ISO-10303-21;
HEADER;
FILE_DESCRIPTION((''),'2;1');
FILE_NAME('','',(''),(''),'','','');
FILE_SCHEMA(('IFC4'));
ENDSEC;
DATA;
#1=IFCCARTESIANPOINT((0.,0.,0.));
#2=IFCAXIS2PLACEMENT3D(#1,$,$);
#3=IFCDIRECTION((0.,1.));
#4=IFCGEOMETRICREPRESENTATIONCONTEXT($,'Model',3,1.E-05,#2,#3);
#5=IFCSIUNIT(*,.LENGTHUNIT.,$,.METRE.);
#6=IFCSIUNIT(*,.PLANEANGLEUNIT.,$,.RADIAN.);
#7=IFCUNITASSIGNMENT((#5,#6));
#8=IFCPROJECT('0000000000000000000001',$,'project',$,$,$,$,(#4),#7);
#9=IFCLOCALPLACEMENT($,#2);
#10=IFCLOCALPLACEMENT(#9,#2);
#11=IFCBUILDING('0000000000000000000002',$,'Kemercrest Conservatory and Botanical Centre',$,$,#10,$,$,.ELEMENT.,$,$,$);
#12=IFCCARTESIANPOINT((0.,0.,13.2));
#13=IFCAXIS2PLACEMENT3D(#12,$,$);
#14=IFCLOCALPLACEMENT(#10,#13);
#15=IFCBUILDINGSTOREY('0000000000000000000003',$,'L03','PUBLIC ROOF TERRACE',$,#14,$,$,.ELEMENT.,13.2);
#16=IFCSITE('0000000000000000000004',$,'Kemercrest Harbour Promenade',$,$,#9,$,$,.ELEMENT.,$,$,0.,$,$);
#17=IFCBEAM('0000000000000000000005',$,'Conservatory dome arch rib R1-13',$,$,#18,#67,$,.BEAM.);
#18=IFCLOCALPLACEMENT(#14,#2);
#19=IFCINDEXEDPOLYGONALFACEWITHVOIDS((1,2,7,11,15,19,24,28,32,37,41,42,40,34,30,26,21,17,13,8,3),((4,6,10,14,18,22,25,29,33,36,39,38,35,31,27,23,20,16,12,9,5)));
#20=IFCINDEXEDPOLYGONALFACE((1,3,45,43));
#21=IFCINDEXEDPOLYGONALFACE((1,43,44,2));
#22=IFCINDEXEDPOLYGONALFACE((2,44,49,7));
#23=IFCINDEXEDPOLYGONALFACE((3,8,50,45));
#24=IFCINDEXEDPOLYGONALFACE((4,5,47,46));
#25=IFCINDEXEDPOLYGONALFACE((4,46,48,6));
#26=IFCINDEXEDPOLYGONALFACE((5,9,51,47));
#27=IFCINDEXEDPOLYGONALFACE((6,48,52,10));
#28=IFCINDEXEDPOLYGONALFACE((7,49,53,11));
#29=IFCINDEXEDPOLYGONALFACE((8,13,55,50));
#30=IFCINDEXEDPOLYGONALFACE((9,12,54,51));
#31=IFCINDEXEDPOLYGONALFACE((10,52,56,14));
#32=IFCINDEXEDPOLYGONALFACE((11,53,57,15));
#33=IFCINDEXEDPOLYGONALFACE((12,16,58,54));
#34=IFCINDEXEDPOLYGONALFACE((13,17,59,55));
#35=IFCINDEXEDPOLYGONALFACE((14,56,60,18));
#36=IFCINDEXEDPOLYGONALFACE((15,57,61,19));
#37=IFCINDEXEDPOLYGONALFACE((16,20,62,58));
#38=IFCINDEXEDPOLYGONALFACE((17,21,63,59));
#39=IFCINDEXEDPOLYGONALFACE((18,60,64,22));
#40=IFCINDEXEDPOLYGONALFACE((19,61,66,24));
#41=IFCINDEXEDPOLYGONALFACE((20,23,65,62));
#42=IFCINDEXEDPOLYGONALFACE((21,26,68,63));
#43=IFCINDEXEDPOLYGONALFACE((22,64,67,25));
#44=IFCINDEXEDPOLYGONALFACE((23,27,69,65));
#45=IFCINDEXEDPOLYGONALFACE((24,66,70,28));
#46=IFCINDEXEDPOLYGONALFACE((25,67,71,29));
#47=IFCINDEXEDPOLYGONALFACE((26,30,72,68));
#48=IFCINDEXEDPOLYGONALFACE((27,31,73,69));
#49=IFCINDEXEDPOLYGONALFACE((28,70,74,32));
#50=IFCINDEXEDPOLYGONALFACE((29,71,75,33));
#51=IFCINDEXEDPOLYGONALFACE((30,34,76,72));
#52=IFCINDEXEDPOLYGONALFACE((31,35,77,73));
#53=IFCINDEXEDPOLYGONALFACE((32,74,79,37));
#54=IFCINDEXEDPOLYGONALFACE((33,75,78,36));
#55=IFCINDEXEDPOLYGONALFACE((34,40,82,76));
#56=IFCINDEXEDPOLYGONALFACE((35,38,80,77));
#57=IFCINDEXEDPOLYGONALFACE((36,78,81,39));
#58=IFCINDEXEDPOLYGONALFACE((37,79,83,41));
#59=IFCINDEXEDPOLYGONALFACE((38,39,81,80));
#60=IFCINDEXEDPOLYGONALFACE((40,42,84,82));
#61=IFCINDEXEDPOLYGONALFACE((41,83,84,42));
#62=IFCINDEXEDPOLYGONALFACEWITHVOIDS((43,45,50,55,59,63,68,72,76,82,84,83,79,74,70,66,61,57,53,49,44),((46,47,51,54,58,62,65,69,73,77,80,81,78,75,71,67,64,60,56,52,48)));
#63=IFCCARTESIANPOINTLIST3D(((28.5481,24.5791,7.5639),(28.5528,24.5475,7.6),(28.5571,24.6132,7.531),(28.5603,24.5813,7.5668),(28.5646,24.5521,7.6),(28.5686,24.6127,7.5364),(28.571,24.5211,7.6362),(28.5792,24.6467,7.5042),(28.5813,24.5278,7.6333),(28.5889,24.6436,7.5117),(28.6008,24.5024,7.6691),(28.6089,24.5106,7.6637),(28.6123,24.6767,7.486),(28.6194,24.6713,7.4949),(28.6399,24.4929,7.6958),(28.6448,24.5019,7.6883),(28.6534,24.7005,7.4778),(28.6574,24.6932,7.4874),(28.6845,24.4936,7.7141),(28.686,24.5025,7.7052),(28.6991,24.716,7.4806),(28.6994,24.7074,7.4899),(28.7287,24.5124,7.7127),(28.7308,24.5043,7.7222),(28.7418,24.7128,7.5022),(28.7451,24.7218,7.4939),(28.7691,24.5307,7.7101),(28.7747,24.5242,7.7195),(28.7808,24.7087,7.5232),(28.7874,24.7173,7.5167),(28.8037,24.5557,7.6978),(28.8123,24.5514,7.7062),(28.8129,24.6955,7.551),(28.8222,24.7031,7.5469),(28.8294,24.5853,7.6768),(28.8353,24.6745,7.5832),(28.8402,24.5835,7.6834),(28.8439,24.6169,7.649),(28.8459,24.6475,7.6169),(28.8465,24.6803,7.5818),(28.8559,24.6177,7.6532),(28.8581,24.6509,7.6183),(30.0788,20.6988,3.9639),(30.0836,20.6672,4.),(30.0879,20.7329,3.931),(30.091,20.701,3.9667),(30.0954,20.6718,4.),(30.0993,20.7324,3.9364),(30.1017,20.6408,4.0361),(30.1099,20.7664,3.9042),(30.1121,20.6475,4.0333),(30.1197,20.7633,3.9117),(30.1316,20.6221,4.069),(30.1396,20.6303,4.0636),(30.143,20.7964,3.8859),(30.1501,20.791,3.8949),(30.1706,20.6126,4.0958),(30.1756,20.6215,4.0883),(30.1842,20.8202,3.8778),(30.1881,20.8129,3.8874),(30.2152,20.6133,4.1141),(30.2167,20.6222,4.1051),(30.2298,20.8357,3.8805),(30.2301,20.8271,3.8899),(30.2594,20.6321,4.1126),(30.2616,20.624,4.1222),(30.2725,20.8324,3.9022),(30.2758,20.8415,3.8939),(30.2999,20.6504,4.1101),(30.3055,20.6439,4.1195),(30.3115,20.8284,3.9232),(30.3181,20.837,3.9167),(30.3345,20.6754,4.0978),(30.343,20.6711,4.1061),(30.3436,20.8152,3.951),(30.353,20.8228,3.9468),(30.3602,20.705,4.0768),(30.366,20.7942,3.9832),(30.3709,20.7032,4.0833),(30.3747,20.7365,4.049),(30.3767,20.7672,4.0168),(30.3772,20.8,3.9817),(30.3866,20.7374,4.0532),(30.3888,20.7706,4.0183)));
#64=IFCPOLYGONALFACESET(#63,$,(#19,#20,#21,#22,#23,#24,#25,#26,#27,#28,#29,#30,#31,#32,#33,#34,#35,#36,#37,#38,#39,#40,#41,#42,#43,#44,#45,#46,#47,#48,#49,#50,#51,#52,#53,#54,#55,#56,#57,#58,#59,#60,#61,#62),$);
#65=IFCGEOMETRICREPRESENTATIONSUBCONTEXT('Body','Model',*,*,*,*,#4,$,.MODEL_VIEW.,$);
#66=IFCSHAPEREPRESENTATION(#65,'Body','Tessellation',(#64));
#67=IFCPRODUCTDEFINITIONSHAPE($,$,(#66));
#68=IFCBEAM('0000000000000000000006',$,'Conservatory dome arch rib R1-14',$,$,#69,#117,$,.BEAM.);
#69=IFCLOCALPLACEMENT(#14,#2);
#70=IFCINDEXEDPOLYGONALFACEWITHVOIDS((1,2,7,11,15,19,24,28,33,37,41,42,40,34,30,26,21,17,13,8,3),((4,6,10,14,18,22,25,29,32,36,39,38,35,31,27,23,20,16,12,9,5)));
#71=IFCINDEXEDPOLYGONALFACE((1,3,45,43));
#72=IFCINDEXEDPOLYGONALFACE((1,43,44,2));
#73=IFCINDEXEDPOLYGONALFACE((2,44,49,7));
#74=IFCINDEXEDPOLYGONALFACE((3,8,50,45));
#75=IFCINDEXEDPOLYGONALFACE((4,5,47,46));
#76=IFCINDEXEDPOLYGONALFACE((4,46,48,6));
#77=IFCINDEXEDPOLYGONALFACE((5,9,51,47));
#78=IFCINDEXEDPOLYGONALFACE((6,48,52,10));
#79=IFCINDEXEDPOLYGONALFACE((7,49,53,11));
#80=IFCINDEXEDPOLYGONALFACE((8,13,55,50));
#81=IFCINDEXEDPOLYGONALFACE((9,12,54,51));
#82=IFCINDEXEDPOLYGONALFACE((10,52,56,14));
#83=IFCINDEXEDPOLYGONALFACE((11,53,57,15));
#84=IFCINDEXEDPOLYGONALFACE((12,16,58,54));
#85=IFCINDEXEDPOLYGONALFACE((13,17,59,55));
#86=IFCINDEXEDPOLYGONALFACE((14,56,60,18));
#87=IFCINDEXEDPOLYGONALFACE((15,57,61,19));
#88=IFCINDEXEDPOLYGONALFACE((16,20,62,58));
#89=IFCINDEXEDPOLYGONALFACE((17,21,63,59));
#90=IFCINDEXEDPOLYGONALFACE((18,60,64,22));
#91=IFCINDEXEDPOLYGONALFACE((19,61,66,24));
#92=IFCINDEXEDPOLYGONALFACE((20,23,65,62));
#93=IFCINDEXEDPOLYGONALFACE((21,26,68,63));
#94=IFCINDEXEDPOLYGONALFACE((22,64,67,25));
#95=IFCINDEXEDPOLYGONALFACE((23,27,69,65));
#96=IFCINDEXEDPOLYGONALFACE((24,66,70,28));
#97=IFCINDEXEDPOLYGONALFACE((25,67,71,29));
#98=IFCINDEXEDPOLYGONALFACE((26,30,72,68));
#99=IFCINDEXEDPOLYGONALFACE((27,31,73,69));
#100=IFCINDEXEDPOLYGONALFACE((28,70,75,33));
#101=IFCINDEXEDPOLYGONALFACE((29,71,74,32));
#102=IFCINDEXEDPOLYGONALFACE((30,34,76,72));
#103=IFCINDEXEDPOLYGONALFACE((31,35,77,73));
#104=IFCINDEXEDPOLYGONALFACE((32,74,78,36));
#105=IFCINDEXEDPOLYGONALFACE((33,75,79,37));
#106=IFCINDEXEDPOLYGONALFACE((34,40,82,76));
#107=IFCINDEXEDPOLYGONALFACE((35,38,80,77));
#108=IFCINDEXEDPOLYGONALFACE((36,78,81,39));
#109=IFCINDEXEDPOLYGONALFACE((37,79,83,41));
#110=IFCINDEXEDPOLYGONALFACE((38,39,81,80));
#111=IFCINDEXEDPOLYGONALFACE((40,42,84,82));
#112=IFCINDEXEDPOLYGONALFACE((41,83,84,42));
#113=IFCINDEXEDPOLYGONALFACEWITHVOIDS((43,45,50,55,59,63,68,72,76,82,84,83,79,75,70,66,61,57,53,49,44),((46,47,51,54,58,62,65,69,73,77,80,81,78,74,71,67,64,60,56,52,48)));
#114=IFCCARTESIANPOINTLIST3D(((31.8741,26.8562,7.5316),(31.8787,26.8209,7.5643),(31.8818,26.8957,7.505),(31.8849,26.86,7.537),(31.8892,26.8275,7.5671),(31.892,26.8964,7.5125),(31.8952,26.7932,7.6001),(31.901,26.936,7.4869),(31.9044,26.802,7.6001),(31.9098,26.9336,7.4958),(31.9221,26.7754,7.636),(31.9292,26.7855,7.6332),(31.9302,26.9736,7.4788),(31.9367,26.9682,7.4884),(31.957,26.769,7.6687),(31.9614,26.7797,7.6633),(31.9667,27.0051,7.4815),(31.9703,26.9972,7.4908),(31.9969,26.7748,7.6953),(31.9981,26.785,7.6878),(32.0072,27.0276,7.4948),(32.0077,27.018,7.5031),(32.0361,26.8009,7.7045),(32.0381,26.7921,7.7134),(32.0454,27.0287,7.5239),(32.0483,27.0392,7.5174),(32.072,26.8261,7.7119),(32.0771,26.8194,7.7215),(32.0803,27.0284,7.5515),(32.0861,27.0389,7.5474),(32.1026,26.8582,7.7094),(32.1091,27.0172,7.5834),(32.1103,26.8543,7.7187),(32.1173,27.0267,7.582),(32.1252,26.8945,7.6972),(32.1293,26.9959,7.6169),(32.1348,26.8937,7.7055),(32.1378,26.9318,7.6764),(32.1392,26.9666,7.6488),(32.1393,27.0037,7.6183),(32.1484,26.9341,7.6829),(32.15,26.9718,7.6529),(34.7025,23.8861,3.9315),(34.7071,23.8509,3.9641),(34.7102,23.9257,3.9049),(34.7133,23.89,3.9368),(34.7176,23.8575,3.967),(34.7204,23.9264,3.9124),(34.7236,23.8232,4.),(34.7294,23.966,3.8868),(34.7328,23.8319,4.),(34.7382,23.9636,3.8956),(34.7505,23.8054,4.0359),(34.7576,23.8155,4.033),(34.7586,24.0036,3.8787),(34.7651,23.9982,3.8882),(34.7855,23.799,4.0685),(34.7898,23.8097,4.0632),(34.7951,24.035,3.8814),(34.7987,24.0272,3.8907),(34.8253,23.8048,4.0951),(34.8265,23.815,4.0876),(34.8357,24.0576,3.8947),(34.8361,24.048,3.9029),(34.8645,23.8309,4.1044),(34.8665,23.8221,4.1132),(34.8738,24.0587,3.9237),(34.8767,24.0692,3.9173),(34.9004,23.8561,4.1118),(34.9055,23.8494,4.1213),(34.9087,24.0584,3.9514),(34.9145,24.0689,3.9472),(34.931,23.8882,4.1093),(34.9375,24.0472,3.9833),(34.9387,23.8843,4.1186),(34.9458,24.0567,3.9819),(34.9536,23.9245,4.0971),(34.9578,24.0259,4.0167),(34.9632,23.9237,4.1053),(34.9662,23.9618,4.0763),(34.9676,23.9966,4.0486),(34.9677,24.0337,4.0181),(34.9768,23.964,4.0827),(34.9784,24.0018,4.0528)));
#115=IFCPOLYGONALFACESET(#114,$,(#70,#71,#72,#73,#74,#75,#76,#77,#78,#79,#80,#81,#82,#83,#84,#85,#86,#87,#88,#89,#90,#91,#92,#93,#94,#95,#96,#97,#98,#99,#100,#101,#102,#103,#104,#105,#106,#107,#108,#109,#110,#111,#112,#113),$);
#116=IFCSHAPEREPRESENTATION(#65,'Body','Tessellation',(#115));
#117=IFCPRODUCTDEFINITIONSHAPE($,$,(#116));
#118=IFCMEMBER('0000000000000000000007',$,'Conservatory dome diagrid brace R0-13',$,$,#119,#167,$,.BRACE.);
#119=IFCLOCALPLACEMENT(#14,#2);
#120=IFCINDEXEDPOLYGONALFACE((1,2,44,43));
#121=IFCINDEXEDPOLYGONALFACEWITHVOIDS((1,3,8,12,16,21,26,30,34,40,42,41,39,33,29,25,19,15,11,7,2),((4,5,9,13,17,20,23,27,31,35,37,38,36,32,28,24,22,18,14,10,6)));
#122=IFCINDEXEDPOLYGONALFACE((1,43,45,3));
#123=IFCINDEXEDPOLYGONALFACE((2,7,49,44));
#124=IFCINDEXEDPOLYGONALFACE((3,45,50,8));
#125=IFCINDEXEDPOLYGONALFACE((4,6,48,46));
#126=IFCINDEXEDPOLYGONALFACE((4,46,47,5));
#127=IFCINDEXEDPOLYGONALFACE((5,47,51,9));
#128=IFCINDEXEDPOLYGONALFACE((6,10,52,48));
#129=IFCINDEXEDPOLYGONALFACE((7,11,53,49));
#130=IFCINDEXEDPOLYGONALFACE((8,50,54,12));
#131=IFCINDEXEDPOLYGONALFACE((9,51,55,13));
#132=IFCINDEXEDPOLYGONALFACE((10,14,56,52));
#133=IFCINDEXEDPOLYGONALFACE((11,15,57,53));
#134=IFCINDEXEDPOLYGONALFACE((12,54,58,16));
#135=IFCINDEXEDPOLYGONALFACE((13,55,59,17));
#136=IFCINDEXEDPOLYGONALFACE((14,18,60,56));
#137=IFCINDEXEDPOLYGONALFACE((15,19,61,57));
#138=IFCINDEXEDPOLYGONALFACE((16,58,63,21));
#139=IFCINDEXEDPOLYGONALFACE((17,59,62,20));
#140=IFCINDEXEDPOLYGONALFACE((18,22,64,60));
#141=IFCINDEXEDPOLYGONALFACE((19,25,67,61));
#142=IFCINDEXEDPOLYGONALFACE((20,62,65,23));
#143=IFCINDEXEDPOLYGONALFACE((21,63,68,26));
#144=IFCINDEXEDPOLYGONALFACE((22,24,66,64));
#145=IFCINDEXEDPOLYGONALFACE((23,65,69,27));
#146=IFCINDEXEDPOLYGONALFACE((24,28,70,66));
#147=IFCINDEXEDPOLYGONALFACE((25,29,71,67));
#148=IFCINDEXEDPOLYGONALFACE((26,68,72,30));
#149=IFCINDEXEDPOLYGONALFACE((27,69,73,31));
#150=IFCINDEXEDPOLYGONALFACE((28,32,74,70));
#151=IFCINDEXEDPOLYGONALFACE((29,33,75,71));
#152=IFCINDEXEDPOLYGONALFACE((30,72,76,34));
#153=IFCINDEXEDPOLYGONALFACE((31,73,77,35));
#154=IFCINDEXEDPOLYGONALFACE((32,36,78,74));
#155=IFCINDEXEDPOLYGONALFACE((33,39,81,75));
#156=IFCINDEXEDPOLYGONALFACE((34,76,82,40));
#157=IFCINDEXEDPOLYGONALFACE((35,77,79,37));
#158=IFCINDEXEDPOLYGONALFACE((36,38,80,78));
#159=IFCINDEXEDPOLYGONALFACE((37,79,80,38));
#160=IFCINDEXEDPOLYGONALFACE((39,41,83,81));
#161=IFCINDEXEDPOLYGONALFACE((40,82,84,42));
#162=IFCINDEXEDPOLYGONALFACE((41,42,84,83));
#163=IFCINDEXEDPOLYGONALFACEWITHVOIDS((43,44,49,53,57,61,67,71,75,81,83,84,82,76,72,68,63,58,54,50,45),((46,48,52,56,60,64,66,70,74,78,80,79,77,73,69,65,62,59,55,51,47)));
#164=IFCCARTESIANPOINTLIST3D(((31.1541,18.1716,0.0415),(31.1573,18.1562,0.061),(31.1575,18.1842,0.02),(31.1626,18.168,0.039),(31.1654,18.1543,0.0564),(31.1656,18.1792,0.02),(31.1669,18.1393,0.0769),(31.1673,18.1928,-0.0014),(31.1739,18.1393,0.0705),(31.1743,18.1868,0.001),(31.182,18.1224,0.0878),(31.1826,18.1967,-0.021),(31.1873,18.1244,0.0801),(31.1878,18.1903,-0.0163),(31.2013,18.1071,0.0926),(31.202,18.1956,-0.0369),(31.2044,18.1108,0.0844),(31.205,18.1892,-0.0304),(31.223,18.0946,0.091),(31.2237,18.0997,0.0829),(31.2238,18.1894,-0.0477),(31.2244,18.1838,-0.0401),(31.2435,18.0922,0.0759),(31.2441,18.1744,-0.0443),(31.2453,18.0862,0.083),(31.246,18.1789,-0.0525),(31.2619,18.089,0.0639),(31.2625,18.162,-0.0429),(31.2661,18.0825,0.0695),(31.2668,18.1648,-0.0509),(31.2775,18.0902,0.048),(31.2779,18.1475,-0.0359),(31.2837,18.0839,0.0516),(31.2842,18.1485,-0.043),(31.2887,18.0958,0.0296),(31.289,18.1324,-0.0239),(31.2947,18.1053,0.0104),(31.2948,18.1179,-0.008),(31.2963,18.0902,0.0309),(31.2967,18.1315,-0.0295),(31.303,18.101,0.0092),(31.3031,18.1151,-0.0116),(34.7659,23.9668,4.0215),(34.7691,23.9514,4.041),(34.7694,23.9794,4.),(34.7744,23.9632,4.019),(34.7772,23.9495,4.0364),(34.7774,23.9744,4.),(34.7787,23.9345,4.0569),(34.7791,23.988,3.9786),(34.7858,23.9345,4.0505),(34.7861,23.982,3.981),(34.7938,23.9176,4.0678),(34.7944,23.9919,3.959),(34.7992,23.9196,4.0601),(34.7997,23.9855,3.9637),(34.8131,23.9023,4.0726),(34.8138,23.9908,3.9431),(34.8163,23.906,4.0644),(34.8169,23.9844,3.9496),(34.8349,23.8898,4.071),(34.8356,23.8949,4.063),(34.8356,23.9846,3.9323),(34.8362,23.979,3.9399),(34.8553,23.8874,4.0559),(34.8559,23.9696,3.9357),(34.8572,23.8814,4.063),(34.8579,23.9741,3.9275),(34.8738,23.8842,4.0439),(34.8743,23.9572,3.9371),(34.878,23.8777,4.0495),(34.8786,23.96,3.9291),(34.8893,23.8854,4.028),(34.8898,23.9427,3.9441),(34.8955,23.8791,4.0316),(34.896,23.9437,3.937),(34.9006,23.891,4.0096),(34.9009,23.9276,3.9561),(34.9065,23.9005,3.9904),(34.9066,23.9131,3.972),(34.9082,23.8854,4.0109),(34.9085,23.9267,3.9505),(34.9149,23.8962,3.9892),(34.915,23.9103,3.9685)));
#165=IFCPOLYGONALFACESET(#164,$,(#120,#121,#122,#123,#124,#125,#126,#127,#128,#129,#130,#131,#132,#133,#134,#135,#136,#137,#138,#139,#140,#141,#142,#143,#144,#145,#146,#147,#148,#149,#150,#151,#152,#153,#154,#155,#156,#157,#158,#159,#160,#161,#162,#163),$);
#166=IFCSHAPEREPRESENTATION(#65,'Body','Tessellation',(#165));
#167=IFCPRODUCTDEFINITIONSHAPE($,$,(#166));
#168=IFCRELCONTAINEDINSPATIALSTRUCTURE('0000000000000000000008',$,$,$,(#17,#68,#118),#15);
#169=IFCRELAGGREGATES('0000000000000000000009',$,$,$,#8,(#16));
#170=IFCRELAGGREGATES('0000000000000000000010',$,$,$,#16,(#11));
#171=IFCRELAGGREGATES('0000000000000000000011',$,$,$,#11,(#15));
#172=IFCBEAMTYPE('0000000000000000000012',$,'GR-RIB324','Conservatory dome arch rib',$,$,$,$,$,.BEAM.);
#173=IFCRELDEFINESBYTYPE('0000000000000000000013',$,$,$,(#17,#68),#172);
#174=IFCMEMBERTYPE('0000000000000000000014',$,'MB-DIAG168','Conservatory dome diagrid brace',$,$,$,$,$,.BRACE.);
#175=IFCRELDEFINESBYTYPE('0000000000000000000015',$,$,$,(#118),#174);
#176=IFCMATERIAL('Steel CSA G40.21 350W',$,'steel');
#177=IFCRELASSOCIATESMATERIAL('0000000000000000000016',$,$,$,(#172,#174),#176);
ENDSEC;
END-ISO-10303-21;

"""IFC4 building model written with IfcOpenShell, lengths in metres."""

from ifc_helpers import new_model, si_unit, direction, frame, origin, origin_2d, place, context, subcontext, project, spatial, hollow_circle, extrude, material, material_profile, profile_set, type_object, element, save


model = new_model("IFC4")

# Units and contexts
model_context = context("Model", 3, precision=1e-05, world=origin(), true_north=direction((0.0, 1.0)))
body_context = subcontext(model_context, "Body", "Model", "MODEL_VIEW")
ifc_project = project(units=[si_unit("LENGTHUNIT", "METRE"), si_unit("PLANEANGLEUNIT", "RADIAN")], contexts=[model_context])

# Site, building, storey
site_placement = place(None, origin())
site = spatial("IfcSite", under=ifc_project, at=site_placement, Name="Kemercrest Harbour Promenade", CompositionType="ELEMENT", RefElevation=0.0)
building_placement = place(site_placement, origin())
building = spatial("IfcBuilding", under=site, at=building_placement, Name="Kemercrest Conservatory and Botanical Centre", CompositionType="ELEMENT")
storey_placement = place(building_placement, frame((0.0, 0.0, 13.2)))
storey = spatial("IfcBuildingStorey", under=building, at=storey_placement, Name="L03", Description="PUBLIC ROOF TERRACE", CompositionType="ELEMENT", Elevation=13.2)

# Shared definitions
ifc_material_1 = material(Name="Steel CSA G40.21 350W", Category="steel")

# Beams
ifc_material_profile_1 = material_profile(ifc_material_1, hollow_circle(Radius=0.1619, WallThickness=0.0127, at=origin_2d()), Name="CHS 323.9x12.7")
ifc_profile_set_1 = profile_set([ifc_material_profile_1], Name="Steel CSA G40.21 350W")
beam_type = type_object("IfcBeamType", Name="GR-RIB324", Description="Conservatory dome arch rib", PredefinedType="BEAM", material=ifc_profile_set_1)
beam_1_placement = place(storey_placement, frame((30.2341, 20.7266, 4.0), z_axis=(-0.27781, 0.704229, 0.653363), x_axis=(-0.930234, -0.366967, 0.0)))
element("IfcBeam", 1, at=beam_1_placement, inside=storey, type_object=beam_type, Name="Conservatory dome arch rib R1-13", PredefinedType="BEAM", context=body_context, shape_type="SweptSolid", body=[
    extrude(hollow_circle(Radius=0.1619, WallThickness=0.0127, at=origin_2d()), origin(), (0.0, 0.0, 1.0), 5.51),
])
beam_2_placement = place(storey_placement, frame((34.8408, 23.9348, 4.0), z_axis=(-0.518282, 0.544229, 0.659696), x_axis=(-0.724159, -0.689633, 0.0)))
element("IfcBeam", 2, at=beam_2_placement, inside=storey, type_object=beam_type, Name="Conservatory dome arch rib R1-14", PredefinedType="BEAM", context=body_context, shape_type="SweptSolid", body=[
    extrude(hollow_circle(Radius=0.1619, WallThickness=0.0127, at=origin_2d()), origin(), (0.0, 0.0, 1.0), 5.4573),
])

# Member
ifc_material_profile_2 = material_profile(ifc_material_1, hollow_circle(Radius=0.0842, WallThickness=0.0095, at=origin_2d()), Name="CHS 168.3x9.5")
ifc_profile_set_2 = profile_set([ifc_material_profile_2], Name="Steel CSA G40.21 350W")
member_type_1 = type_object("IfcMemberType", Name="MB-DIAG168", Description="Conservatory dome diagrid brace", PredefinedType="BRACE", material=ifc_profile_set_2)
member_1_placement = place(storey_placement, frame((31.229, 18.1396, 0.02), z_axis=(0.456974, 0.733216, 0.503555), x_axis=(-0.848666, 0.528928, 0.0)))
element("IfcMember", 3, at=member_1_placement, inside=storey, type_object=member_type_1, Name="Conservatory dome diagrid brace R0-13", PredefinedType="BRACE", context=body_context, shape_type="SweptSolid", body=[
    extrude(hollow_circle(Radius=0.0842, WallThickness=0.0095, at=origin_2d()), origin(), (0.0, 0.0, 1.0), 7.9038),
])

save(model, "model.ifc")
